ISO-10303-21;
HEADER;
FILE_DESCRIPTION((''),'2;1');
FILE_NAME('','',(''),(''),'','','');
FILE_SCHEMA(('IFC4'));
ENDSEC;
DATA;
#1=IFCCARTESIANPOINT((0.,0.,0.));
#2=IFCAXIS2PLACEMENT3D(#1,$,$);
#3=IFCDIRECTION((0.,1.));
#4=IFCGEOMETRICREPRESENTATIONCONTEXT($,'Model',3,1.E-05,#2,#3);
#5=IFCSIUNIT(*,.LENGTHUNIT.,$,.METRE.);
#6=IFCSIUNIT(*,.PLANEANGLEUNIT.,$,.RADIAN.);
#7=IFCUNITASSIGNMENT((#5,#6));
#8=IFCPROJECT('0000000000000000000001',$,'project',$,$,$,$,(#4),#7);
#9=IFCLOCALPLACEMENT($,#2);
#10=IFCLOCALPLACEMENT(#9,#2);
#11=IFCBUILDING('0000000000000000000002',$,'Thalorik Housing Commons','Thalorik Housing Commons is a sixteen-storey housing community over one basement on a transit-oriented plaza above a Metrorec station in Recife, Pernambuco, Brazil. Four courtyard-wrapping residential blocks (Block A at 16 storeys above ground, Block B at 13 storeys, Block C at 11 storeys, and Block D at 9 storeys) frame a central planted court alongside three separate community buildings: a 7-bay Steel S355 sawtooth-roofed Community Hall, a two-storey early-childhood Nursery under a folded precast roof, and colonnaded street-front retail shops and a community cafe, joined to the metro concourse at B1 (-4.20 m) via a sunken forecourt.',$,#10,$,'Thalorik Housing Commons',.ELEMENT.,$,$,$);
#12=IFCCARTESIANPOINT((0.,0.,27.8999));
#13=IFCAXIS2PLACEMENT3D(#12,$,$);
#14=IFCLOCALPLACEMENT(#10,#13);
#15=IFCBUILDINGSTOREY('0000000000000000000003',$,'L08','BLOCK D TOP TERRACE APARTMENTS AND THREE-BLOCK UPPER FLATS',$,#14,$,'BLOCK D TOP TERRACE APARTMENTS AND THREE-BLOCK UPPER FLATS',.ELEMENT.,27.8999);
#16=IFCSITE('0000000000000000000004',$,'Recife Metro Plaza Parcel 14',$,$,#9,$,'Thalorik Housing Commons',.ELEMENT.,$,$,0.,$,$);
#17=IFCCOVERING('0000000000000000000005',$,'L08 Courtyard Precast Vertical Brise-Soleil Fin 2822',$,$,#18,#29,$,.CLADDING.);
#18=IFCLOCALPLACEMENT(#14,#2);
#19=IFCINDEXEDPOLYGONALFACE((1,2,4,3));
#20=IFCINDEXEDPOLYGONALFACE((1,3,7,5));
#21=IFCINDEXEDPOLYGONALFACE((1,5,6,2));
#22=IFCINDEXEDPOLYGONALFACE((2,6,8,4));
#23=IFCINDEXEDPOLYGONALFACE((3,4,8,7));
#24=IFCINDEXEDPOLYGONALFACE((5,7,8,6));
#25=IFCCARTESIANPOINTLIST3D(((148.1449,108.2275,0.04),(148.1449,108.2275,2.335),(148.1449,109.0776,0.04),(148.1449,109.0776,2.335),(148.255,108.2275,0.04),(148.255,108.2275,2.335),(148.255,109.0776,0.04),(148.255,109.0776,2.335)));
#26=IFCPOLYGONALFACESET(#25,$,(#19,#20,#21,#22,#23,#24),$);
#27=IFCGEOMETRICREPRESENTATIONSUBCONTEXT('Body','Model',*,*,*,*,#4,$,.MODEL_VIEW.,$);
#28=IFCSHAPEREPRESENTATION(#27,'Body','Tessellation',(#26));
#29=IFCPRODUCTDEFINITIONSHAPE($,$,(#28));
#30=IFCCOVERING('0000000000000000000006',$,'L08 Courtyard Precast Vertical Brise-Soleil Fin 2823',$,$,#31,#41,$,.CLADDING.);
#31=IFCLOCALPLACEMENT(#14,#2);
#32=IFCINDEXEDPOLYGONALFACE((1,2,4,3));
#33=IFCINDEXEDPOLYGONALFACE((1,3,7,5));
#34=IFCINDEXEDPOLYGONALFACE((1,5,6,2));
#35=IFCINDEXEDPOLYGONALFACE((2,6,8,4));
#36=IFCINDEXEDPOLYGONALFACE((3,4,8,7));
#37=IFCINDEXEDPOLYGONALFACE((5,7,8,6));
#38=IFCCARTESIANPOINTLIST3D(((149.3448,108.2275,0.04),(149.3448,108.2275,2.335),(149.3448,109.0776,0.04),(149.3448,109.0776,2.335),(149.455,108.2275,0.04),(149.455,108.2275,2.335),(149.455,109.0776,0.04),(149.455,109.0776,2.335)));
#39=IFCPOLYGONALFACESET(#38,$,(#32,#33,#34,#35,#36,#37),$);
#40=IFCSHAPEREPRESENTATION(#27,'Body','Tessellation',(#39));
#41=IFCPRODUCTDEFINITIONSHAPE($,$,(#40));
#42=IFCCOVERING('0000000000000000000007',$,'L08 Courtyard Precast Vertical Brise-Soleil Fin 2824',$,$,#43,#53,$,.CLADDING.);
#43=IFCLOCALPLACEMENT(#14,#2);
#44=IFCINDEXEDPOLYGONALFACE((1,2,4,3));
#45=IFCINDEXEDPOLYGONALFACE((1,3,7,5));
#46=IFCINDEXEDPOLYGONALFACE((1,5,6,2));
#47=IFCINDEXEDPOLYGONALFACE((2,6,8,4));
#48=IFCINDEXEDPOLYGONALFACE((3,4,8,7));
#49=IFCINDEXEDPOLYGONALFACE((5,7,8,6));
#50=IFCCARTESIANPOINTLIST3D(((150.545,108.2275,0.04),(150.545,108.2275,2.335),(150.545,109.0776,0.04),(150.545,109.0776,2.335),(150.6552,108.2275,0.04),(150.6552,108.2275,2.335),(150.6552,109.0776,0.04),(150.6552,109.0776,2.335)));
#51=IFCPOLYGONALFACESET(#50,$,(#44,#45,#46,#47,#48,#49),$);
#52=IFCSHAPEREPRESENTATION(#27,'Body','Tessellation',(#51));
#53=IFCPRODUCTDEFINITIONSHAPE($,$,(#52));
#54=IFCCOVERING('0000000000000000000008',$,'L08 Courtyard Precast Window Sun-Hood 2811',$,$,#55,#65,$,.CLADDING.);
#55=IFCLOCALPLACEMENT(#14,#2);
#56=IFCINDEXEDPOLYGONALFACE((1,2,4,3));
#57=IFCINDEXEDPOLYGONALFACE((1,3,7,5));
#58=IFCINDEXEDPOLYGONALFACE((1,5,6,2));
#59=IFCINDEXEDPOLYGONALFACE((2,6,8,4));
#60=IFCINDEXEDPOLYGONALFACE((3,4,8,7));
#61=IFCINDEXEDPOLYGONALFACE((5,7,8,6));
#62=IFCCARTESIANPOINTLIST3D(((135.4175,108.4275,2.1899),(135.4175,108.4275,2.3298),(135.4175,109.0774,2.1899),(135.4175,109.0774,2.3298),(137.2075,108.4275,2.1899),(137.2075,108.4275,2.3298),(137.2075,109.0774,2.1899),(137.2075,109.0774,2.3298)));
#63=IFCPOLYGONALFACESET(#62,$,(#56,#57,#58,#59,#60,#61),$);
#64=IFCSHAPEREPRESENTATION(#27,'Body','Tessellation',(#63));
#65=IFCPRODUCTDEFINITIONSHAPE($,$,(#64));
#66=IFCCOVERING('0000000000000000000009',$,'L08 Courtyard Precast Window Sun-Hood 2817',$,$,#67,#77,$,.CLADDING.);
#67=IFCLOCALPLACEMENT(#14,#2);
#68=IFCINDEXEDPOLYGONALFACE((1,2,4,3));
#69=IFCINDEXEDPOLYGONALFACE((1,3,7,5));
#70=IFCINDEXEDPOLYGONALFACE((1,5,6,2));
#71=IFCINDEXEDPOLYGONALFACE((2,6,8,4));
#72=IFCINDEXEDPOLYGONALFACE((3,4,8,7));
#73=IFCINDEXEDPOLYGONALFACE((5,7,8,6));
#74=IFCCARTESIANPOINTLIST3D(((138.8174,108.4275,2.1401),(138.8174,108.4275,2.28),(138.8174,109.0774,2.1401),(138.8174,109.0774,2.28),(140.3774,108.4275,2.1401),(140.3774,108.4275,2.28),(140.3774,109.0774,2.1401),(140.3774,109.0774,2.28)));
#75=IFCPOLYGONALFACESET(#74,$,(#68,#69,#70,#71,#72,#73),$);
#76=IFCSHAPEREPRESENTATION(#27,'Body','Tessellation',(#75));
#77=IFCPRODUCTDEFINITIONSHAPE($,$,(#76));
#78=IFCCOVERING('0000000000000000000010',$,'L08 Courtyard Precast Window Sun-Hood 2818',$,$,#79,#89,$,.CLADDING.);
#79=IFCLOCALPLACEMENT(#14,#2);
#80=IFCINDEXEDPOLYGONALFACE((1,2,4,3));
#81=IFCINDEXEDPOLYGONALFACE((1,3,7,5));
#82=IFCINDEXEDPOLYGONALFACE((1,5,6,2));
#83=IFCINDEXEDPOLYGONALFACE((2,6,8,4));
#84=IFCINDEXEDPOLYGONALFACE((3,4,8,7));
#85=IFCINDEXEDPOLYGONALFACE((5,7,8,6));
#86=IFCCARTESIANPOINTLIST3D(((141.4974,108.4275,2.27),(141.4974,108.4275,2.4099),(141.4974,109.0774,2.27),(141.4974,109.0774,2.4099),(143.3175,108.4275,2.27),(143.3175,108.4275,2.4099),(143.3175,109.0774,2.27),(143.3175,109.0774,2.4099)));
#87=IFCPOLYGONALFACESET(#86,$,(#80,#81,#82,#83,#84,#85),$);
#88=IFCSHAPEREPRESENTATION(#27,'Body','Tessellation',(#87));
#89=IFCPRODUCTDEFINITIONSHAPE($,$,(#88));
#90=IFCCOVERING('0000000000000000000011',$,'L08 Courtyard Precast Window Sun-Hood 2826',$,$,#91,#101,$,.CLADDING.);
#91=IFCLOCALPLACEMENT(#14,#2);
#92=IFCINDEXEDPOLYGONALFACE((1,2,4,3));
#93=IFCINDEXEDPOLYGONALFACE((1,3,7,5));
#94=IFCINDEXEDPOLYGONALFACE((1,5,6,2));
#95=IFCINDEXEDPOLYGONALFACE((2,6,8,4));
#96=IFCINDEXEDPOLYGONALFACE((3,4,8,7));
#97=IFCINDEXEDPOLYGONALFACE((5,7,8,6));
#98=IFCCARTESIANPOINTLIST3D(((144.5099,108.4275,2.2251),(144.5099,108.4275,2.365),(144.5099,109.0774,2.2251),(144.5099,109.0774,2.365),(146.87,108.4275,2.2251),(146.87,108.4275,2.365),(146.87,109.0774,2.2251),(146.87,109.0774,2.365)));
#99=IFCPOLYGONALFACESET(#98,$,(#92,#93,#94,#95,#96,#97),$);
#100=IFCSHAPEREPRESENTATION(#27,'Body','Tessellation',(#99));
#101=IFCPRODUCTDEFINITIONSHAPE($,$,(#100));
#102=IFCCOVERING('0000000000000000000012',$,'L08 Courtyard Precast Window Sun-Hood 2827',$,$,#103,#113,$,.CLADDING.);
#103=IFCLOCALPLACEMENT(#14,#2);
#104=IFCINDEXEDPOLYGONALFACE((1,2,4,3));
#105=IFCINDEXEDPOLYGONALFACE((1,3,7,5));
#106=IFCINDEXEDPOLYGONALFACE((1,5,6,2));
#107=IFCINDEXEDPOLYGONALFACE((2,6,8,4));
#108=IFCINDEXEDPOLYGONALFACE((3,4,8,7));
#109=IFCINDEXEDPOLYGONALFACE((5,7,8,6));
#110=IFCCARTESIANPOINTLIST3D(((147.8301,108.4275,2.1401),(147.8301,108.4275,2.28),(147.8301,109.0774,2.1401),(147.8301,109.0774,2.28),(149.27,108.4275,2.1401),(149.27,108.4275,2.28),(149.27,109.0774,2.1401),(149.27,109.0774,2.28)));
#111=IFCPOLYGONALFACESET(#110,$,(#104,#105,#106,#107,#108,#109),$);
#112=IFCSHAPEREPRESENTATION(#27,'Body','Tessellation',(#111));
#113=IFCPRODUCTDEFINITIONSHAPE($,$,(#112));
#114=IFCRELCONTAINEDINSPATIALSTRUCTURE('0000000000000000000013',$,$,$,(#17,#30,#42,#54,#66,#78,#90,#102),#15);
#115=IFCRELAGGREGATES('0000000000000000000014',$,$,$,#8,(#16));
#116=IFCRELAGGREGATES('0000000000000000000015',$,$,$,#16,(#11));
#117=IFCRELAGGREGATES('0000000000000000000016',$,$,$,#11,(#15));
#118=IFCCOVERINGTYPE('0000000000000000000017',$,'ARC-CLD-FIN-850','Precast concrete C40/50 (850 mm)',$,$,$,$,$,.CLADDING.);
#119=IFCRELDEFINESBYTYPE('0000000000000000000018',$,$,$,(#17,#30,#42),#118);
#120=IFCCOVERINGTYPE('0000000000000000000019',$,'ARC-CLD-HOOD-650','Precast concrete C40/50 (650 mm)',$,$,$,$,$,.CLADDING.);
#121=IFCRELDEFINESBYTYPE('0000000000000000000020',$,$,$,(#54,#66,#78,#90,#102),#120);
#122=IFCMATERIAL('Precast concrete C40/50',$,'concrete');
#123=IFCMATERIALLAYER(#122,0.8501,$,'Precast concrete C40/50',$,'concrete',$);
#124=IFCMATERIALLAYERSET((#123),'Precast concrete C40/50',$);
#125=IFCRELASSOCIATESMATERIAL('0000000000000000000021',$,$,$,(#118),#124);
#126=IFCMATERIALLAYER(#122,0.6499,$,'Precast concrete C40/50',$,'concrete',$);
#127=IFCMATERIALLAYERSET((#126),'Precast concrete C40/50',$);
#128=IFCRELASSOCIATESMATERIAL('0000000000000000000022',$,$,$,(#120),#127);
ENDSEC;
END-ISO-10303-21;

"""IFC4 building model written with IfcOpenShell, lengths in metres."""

from ifc_helpers import new_model, si_unit, direction, frame, origin, origin_2d, place, context, subcontext, project, spatial, rectangle, extrude, material, layer, layer_set, type_object, element, save


model = new_model("IFC4")

# Units and contexts
model_context = context("Model", 3, precision=1e-05, world=origin(), true_north=direction((0.0, 1.0)))
body_context = subcontext(model_context, "Body", "Model", "MODEL_VIEW")
ifc_project = project(units=[si_unit("LENGTHUNIT", "METRE"), si_unit("PLANEANGLEUNIT", "RADIAN")], contexts=[model_context])

# Site, building, storey
site_placement = place(None, origin())
site = spatial("IfcSite", under=ifc_project, at=site_placement, Name="Recife Metro Plaza Parcel 14", LongName="Thalorik Housing Commons", CompositionType="ELEMENT", RefElevation=0.0)
building_placement = place(site_placement, origin())
building = spatial("IfcBuilding", under=site, at=building_placement, Name="Thalorik Housing Commons", Description="Thalorik Housing Commons is a sixteen-storey housing community over one basement on a transit-oriented plaza above a Metrorec station in Recife, Pernambuco, Brazil. Four courtyard-wrapping residential blocks (Block A at 16 storeys above ground, Block B at 13 storeys, Block C at 11 storeys, and Block D at 9 storeys) frame a central planted court alongside three separate community buildings: a 7-bay Steel S355 sawtooth-roofed Community Hall, a two-storey early-childhood Nursery under a folded precast roof, and colonnaded street-front retail shops and a community cafe, joined to the metro concourse at B1 (-4.20 m) via a sunken forecourt.", LongName="Thalorik Housing Commons", CompositionType="ELEMENT")
storey_placement = place(building_placement, frame((0.0, 0.0, 27.8999)))
storey = spatial("IfcBuildingStorey", under=building, at=storey_placement, Name="L08", Description="BLOCK D TOP TERRACE APARTMENTS AND THREE-BLOCK UPPER FLATS", LongName="BLOCK D TOP TERRACE APARTMENTS AND THREE-BLOCK UPPER FLATS", CompositionType="ELEMENT", Elevation=27.8999)

# Shared definitions
ifc_material_1 = material(Name="Precast concrete C40/50", Category="concrete")

# Coverings
ifc_layer_1 = layer(ifc_material_1, 0.8501, Name="Precast concrete C40/50", Category="concrete")
ifc_layer_set_1 = layer_set([ifc_layer_1], Name="Precast concrete C40/50")
covering_type_1 = type_object("IfcCoveringType", Name="ARC-CLD-FIN-850", Description="Precast concrete C40/50 (850 mm)", PredefinedType="CLADDING", material=ifc_layer_set_1)
for number, where, z_axis, x_axis, name in (
    (1, (148.2, 108.6526, 0.04), (0.0, 0.0, 1.0), (1.0, 0.0, 0.0), "L08 Courtyard Precast Vertical Brise-Soleil Fin 2822"),
    (2, (149.3999, 108.6526, 0.04), (0.0, 0.0, 1.0), (1.0, 0.0, 0.0), "L08 Courtyard Precast Vertical Brise-Soleil Fin 2823"),
    (3, (150.6001, 108.6526, 0.04), (0.0, 0.0, 1.0), (1.0, 0.0, 0.0), "L08 Courtyard Precast Vertical Brise-Soleil Fin 2824"),
):
    element("IfcCovering", number, at=place(storey_placement, frame(where, z_axis=z_axis, x_axis=x_axis)), inside=storey, type_object=covering_type_1, Name=name, PredefinedType="CLADDING", context=body_context, shape_type="SweptSolid", body=[
        extrude(rectangle(XDim=0.1101, YDim=0.8501, at=origin_2d()), origin(), (0.0, 0.0, 1.0), 2.2949),
    ])
ifc_layer_2 = layer(ifc_material_1, 0.6499, Name="Precast concrete C40/50", Category="concrete")
ifc_layer_set_2 = layer_set([ifc_layer_2], Name="Precast concrete C40/50")
covering_type_2 = type_object("IfcCoveringType", Name="ARC-CLD-HOOD-650", Description="Precast concrete C40/50 (650 mm)", PredefinedType="CLADDING", material=ifc_layer_set_2)
covering_1_placement = place(storey_placement, frame((136.3125, 108.7524, 2.1899), z_axis=(0.0, 0.0, 1.0), x_axis=(1.0, 0.0, 0.0)))
element("IfcCovering", 4, at=covering_1_placement, inside=storey, type_object=covering_type_2, Name="L08 Courtyard Precast Window Sun-Hood 2811", PredefinedType="CLADDING", context=body_context, shape_type="SweptSolid", body=[
    extrude(rectangle(XDim=1.79, YDim=0.6499, at=origin_2d()), origin(), (0.0, 0.0, 1.0), 0.1399),
])
covering_2_placement = place(storey_placement, frame((139.5974, 108.7524, 2.1401), z_axis=(0.0, 0.0, 1.0), x_axis=(1.0, 0.0, 0.0)))
element("IfcCovering", 5, at=covering_2_placement, inside=storey, type_object=covering_type_2, Name="L08 Courtyard Precast Window Sun-Hood 2817", PredefinedType="CLADDING", context=body_context, shape_type="SweptSolid", body=[
    extrude(rectangle(XDim=1.5601, YDim=0.6499, at=origin_2d()), origin(), (0.0, 0.0, 1.0), 0.1399),
])
covering_3_placement = place(storey_placement, frame((142.4075, 108.7524, 2.27), z_axis=(0.0, 0.0, 1.0), x_axis=(1.0, 0.0, 0.0)))
element("IfcCovering", 6, at=covering_3_placement, inside=storey, type_object=covering_type_2, Name="L08 Courtyard Precast Window Sun-Hood 2818", PredefinedType="CLADDING", context=body_context, shape_type="SweptSolid", body=[
    extrude(rectangle(XDim=1.8201, YDim=0.6499, at=origin_2d()), origin(), (0.0, 0.0, 1.0), 0.1399),
])
covering_4_placement = place(storey_placement, frame((145.6899, 108.7524, 2.2251), z_axis=(0.0, 0.0, 1.0), x_axis=(1.0, 0.0, 0.0)))
element("IfcCovering", 7, at=covering_4_placement, inside=storey, type_object=covering_type_2, Name="L08 Courtyard Precast Window Sun-Hood 2826", PredefinedType="CLADDING", context=body_context, shape_type="SweptSolid", body=[
    extrude(rectangle(XDim=2.3601, YDim=0.6499, at=origin_2d()), origin(), (0.0, 0.0, 1.0), 0.1399),
])
covering_5_placement = place(storey_placement, frame((148.55, 108.7524, 2.1401), z_axis=(0.0, 0.0, 1.0), x_axis=(1.0, 0.0, 0.0)))
element("IfcCovering", 8, at=covering_5_placement, inside=storey, type_object=covering_type_2, Name="L08 Courtyard Precast Window Sun-Hood 2827", PredefinedType="CLADDING", context=body_context, shape_type="SweptSolid", body=[
    extrude(rectangle(XDim=1.4399, YDim=0.6499, at=origin_2d()), origin(), (0.0, 0.0, 1.0), 0.1399),
])

save(model, "model.ifc")
